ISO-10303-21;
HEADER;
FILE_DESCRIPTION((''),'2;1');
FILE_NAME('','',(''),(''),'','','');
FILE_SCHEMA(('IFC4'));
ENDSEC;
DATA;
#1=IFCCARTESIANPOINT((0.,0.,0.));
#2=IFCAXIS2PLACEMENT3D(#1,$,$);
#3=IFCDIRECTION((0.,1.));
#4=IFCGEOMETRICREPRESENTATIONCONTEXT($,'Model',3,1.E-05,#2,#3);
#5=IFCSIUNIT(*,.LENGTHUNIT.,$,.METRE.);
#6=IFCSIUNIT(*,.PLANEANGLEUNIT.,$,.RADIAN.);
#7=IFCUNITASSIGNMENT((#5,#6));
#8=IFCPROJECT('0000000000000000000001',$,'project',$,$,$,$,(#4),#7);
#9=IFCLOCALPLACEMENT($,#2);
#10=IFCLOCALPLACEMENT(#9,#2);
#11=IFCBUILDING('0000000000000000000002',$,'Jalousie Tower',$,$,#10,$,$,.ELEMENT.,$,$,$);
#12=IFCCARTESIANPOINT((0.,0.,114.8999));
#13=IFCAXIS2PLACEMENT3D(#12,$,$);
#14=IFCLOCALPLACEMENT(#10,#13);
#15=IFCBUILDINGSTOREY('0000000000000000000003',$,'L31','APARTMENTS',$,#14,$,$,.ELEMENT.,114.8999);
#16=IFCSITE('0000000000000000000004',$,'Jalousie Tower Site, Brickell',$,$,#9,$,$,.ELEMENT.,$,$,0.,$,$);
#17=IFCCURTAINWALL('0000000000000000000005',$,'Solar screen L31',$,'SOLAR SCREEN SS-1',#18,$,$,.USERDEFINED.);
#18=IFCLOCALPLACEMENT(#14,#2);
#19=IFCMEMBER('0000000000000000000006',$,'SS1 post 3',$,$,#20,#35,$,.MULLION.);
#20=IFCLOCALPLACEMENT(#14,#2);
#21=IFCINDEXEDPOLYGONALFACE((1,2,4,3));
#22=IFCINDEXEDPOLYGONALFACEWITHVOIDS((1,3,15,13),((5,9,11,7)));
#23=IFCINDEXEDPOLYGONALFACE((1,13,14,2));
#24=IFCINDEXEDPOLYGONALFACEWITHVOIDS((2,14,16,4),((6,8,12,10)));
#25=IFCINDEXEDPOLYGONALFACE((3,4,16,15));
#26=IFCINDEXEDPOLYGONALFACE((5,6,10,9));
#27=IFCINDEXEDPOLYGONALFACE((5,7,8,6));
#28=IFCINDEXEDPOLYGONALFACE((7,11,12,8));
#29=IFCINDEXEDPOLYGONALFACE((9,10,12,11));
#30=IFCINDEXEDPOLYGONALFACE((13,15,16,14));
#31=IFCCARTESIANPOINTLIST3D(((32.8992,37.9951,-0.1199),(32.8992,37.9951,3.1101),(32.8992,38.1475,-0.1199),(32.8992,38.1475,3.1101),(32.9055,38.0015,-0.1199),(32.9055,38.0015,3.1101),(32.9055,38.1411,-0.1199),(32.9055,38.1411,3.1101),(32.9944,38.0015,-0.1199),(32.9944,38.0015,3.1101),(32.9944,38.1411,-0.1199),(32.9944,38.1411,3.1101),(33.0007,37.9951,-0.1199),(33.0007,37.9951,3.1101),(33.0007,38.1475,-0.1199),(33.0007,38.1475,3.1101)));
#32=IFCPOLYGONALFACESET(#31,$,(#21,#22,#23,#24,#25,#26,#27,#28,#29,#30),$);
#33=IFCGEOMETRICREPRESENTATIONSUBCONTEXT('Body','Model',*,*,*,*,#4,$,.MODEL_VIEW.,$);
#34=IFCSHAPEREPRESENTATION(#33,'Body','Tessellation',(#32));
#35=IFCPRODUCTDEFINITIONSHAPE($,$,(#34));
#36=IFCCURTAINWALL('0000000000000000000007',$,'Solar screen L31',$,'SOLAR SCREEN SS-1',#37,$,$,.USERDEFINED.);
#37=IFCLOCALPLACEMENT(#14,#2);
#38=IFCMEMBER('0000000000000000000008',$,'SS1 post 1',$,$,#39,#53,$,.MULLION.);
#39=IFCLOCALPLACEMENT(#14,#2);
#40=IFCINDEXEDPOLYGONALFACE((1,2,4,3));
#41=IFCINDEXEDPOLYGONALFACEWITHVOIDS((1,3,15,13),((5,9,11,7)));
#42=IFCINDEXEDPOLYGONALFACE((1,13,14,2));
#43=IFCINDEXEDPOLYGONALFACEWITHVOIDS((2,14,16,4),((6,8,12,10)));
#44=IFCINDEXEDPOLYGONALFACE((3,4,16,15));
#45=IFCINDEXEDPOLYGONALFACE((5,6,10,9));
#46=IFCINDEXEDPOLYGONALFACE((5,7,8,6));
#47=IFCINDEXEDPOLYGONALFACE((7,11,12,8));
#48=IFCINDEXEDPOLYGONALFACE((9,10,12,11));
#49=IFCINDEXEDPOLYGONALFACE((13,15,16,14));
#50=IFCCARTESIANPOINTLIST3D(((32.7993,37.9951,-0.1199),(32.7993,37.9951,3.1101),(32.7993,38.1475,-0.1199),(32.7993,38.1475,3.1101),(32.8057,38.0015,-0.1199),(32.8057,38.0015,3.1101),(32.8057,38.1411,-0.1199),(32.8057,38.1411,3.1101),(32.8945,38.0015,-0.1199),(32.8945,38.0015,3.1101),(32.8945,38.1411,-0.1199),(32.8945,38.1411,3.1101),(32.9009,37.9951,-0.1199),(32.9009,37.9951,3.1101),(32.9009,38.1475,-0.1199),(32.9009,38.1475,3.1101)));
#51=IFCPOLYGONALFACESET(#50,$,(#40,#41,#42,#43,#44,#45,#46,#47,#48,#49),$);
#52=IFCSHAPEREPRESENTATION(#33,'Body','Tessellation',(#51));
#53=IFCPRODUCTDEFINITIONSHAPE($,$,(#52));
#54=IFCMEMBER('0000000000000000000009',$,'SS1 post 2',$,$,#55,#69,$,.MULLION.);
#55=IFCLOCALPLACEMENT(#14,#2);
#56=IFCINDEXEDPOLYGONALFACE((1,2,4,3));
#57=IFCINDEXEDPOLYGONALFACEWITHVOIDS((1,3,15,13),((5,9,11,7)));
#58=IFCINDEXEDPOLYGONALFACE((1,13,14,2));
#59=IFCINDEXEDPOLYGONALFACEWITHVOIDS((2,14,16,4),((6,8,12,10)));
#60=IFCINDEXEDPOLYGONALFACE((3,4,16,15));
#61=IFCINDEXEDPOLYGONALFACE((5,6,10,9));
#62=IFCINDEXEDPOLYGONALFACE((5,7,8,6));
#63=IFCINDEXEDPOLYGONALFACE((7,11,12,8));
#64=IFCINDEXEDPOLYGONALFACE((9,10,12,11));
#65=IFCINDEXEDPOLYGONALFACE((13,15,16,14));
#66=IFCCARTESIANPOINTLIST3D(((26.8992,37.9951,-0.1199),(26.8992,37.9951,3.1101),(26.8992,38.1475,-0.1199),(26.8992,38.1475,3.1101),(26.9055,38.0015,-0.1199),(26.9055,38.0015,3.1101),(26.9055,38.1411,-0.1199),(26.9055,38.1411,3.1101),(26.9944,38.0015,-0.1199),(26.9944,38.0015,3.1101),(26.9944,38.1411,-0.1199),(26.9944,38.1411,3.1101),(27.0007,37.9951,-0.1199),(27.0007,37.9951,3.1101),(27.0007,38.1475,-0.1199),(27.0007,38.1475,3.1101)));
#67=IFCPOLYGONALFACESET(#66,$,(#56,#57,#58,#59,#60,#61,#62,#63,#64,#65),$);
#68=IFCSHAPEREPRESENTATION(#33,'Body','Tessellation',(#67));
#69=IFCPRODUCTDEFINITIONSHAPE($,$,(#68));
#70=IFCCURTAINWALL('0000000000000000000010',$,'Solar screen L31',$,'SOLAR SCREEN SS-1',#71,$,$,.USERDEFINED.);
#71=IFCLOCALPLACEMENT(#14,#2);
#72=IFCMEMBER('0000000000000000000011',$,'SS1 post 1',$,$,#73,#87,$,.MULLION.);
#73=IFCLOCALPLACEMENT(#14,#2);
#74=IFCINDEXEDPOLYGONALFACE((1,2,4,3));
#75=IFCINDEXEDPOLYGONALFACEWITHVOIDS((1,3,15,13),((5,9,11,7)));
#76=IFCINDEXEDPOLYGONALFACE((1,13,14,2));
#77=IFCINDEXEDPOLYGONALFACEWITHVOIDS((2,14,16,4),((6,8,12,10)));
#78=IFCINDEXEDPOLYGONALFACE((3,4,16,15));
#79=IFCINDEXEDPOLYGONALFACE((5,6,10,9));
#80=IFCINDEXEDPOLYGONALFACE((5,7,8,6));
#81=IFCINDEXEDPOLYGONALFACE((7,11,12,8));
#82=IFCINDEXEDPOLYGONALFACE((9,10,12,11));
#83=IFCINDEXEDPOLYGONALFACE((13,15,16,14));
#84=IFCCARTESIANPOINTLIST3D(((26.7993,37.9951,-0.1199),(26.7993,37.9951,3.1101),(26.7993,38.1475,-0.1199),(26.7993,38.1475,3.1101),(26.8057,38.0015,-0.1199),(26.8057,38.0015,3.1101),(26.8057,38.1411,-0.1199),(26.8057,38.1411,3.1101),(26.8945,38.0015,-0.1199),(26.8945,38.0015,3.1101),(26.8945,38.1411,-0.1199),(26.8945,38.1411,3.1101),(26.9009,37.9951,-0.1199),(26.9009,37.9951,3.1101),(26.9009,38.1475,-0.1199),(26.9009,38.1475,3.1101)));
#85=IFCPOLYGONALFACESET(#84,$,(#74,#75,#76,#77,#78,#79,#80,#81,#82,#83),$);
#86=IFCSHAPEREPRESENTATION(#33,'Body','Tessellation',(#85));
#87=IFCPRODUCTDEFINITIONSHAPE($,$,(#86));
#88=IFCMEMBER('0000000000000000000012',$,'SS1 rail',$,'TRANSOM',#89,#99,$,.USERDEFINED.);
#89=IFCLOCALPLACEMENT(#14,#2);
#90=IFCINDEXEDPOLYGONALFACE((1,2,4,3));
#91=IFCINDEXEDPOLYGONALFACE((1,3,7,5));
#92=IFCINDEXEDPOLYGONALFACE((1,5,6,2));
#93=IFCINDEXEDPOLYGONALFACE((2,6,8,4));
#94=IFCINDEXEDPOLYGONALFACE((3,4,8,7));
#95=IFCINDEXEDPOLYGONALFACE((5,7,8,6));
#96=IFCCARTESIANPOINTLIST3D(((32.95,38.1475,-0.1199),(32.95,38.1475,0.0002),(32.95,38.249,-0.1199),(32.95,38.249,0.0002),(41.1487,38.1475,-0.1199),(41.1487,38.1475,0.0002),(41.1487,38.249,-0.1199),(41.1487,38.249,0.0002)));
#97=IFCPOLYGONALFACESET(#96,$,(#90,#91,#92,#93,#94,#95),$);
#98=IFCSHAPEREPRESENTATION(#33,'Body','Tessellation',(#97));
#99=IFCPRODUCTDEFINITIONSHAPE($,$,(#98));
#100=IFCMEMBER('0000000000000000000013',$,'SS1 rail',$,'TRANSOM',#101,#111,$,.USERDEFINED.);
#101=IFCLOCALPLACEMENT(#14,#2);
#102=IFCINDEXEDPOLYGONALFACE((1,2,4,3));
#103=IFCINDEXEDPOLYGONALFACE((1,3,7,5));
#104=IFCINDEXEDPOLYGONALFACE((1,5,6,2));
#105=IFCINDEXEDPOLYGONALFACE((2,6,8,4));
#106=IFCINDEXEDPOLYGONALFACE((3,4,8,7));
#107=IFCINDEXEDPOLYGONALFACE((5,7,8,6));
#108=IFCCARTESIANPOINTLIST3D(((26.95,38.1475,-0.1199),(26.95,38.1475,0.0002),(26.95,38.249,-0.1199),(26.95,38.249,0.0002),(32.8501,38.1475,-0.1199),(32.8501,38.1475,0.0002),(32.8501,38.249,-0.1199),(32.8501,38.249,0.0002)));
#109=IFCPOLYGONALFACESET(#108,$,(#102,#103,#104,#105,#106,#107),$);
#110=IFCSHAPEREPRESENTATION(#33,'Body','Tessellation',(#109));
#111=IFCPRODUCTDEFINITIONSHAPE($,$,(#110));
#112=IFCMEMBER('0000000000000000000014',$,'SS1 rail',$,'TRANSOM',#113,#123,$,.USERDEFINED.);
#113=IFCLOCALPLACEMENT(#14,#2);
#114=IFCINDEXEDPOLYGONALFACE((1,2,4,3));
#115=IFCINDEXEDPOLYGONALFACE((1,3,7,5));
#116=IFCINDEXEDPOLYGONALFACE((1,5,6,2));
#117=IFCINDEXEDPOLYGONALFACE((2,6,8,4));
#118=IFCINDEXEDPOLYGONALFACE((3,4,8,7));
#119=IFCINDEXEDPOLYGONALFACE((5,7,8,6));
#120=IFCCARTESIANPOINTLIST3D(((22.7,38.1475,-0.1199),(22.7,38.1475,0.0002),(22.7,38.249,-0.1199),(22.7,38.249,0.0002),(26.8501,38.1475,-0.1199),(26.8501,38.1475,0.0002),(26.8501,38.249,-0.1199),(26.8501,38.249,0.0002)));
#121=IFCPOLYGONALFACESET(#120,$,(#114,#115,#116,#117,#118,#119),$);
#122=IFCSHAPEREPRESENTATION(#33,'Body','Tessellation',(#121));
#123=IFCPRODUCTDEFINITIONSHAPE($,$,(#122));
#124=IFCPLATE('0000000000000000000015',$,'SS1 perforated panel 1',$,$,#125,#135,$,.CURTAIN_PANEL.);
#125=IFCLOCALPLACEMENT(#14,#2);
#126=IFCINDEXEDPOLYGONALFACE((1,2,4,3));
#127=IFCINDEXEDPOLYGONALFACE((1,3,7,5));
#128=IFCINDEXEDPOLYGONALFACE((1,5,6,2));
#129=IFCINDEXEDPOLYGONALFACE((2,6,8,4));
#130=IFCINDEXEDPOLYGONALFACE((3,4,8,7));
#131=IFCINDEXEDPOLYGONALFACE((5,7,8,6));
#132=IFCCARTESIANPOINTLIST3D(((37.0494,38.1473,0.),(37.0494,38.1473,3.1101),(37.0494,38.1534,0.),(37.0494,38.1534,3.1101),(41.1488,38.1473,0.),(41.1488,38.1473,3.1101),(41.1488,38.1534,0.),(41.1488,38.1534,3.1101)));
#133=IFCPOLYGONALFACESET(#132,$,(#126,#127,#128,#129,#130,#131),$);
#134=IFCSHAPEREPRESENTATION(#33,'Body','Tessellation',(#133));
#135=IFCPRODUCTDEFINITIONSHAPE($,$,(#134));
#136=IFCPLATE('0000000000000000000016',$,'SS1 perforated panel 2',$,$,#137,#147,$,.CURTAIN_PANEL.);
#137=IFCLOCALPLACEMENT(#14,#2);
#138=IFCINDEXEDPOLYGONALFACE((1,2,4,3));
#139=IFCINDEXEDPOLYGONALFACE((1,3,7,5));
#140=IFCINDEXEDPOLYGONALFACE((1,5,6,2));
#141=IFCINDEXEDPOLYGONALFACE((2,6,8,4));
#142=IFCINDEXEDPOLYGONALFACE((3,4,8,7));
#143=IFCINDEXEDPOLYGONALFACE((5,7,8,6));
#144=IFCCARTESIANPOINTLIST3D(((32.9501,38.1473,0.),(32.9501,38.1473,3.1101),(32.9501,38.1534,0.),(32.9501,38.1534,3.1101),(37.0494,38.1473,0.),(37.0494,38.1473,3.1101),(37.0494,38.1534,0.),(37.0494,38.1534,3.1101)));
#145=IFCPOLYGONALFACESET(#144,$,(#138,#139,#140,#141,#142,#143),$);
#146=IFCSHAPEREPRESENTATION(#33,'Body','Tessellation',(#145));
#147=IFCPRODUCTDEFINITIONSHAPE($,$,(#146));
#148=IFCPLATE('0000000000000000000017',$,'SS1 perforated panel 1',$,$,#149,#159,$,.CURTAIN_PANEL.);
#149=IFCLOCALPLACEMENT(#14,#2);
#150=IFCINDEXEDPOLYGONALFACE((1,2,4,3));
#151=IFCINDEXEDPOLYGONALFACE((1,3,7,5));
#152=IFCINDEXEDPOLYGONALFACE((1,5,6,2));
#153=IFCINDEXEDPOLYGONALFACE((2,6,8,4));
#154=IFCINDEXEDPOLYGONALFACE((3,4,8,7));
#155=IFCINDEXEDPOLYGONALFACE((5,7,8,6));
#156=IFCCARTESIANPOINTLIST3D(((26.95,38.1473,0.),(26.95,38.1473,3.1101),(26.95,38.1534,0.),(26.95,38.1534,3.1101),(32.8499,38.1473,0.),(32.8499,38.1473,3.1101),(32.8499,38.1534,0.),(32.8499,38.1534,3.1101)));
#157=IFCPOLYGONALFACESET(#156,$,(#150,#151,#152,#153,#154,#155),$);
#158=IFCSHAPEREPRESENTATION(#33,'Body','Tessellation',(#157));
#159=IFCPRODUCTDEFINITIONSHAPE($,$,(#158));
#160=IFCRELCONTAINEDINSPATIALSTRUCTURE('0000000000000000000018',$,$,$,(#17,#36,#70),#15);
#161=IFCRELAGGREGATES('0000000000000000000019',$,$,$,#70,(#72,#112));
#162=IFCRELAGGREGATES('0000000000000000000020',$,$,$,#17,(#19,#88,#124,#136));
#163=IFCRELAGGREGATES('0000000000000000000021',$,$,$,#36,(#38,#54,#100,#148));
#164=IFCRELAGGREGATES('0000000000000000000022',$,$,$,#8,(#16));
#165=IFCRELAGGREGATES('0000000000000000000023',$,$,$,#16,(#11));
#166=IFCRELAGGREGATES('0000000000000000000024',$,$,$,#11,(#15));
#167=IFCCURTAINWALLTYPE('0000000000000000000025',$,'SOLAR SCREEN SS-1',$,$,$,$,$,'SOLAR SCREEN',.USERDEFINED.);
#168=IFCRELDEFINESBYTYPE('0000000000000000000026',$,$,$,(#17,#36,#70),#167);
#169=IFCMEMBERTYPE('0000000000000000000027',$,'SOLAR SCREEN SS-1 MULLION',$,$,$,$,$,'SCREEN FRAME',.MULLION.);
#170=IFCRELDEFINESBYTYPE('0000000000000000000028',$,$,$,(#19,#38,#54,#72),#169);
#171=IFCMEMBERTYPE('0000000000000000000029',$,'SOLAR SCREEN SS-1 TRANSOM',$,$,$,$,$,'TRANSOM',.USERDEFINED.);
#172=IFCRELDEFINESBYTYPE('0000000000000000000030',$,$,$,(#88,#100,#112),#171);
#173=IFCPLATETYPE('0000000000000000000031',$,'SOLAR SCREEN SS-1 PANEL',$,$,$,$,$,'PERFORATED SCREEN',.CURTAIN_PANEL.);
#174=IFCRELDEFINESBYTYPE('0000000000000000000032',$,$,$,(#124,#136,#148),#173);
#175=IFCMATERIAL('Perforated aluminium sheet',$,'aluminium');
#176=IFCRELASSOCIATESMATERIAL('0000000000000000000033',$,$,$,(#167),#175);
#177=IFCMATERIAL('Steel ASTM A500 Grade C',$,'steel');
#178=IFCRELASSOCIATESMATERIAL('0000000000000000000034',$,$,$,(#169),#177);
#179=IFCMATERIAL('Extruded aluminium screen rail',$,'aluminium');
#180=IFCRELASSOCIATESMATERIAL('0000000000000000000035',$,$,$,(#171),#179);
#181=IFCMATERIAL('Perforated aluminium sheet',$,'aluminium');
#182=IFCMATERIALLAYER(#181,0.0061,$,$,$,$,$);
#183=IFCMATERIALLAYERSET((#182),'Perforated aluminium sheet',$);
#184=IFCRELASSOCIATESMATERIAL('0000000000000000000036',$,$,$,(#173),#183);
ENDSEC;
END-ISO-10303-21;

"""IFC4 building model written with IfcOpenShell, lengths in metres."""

from ifc_helpers import new_model, si_unit, direction, frame, origin, origin_2d, place, context, subcontext, project, spatial, rectangle, hollow_rectangle, extrude, material, layer, layer_set, material_profile, profile_set, type_object, element, aggregate, save


model = new_model("IFC4")

# Units and contexts
model_context = context("Model", 3, precision=1e-05, world=origin(), true_north=direction((0.0, 1.0)))
body_context = subcontext(model_context, "Body", "Model", "MODEL_VIEW")
ifc_project = project(units=[si_unit("LENGTHUNIT", "METRE"), si_unit("PLANEANGLEUNIT", "RADIAN")], contexts=[model_context])

# Site, building, storey
site_placement = place(None, origin())
site = spatial("IfcSite", under=ifc_project, at=site_placement, Name="Jalousie Tower Site, Brickell", CompositionType="ELEMENT", RefElevation=0.0)
building_placement = place(site_placement, origin())
building = spatial("IfcBuilding", under=site, at=building_placement, Name="Jalousie Tower", CompositionType="ELEMENT")
storey_placement = place(building_placement, frame((0.0, 0.0, 114.8999)))
storey = spatial("IfcBuildingStorey", under=building, at=storey_placement, Name="L31", Description="APARTMENTS", CompositionType="ELEMENT", Elevation=114.8999)

# Curtain walls, members
ifc_material_1 = material(Name="Perforated aluminium sheet", Category="aluminium")
curtain_wall_type = type_object("IfcCurtainWallType", Name="SOLAR SCREEN SS-1", ElementType="SOLAR SCREEN", PredefinedType="USERDEFINED", material=ifc_material_1)
curtain_wall_1_placement = place(storey_placement, origin())
curtain_wall_1 = element("IfcCurtainWall", 1, at=curtain_wall_1_placement, inside=storey, type_object=curtain_wall_type, Name="Solar screen L31", ObjectType="SOLAR SCREEN SS-1", PredefinedType="USERDEFINED")
ifc_material_2 = material(Name="Steel ASTM A500 Grade C", Category="steel")
ifc_material_profile_1 = material_profile(ifc_material_2, hollow_rectangle(XDim=0.1016, YDim=0.1523, WallThickness=0.0063, at=origin_2d()), Name="HSS6X4X1/4")
ifc_profile_set_1 = profile_set([ifc_material_profile_1], Name="Steel ASTM A500 Grade C")
member_type_1 = type_object("IfcMemberType", Name="SOLAR SCREEN SS-1 MULLION", ElementType="SCREEN FRAME", PredefinedType="MULLION", material=ifc_profile_set_1)
member_1_placement = place(storey_placement, frame((32.95, 38.0713, -0.1199), z_axis=(0.0, 0.0, 1.0), x_axis=(-1.0, 0.0, 0.0)))
member_1 = element("IfcMember", 2, at=member_1_placement, type_object=member_type_1, Name="SS1 post 3", PredefinedType="MULLION", context=body_context, shape_type="SweptSolid", body=[
    extrude(hollow_rectangle(XDim=0.1016, YDim=0.1523, WallThickness=0.0063, at=origin_2d()), origin(), (0.0, 0.0, 1.0), 3.23),
])
curtain_wall_2_placement = place(storey_placement, origin())
curtain_wall_2 = element("IfcCurtainWall", 3, at=curtain_wall_2_placement, inside=storey, type_object=curtain_wall_type, Name="Solar screen L31", ObjectType="SOLAR SCREEN SS-1", PredefinedType="USERDEFINED")
member_2_placement = place(storey_placement, frame((32.8501, 38.0713, -0.1199), z_axis=(0.0, 0.0, 1.0), x_axis=(-1.0, 0.0, 0.0)))
member_2 = element("IfcMember", 4, at=member_2_placement, type_object=member_type_1, Name="SS1 post 1", PredefinedType="MULLION", context=body_context, shape_type="SweptSolid", body=[
    extrude(hollow_rectangle(XDim=0.1016, YDim=0.1523, WallThickness=0.0063, at=origin_2d()), origin(), (0.0, 0.0, 1.0), 3.23),
])
member_3_placement = place(storey_placement, frame((26.95, 38.0713, -0.1199), z_axis=(0.0, 0.0, 1.0), x_axis=(-1.0, 0.0, 0.0)))
member_3 = element("IfcMember", 5, at=member_3_placement, type_object=member_type_1, Name="SS1 post 2", PredefinedType="MULLION", context=body_context, shape_type="SweptSolid", body=[
    extrude(hollow_rectangle(XDim=0.1016, YDim=0.1523, WallThickness=0.0063, at=origin_2d()), origin(), (0.0, 0.0, 1.0), 3.23),
])

# Curtain wall, member
curtain_wall_3_placement = place(storey_placement, origin())
curtain_wall_3 = element("IfcCurtainWall", 6, at=curtain_wall_3_placement, inside=storey, type_object=curtain_wall_type, Name="Solar screen L31", ObjectType="SOLAR SCREEN SS-1", PredefinedType="USERDEFINED")
member_4_placement = place(storey_placement, frame((26.8501, 38.0713, -0.1199), z_axis=(0.0, 0.0, 1.0), x_axis=(-1.0, 0.0, 0.0)))
member_4 = element("IfcMember", 7, at=member_4_placement, type_object=member_type_1, Name="SS1 post 1", PredefinedType="MULLION", context=body_context, shape_type="SweptSolid", body=[
    extrude(hollow_rectangle(XDim=0.1016, YDim=0.1523, WallThickness=0.0063, at=origin_2d()), origin(), (0.0, 0.0, 1.0), 3.23),
])

# Members
ifc_material_3 = material(Name="Extruded aluminium screen rail", Category="aluminium")
ifc_material_profile_2 = material_profile(ifc_material_3, rectangle(XDim=0.1016, YDim=0.1201, at=origin_2d()), Name="RAIL 102x120")
ifc_profile_set_2 = profile_set([ifc_material_profile_2], Name="Extruded aluminium screen rail")
member_type_2 = type_object("IfcMemberType", Name="SOLAR SCREEN SS-1 TRANSOM", ElementType="TRANSOM", PredefinedType="USERDEFINED", material=ifc_profile_set_2)
member_5_placement = place(storey_placement, frame((41.1487, 38.1982, -0.0598), z_axis=(-1.0, 0.0, 0.0), x_axis=(0.0, -1.0, 0.0)))
member_5 = element("IfcMember", 8, at=member_5_placement, type_object=member_type_2, Name="SS1 rail", ObjectType="TRANSOM", PredefinedType="USERDEFINED", context=body_context, shape_type="SweptSolid", body=[
    extrude(rectangle(XDim=0.1016, YDim=0.1201, at=origin_2d()), origin(), (0.0, 0.0, 1.0), 8.1987),
])
member_6_placement = place(storey_placement, frame((32.8501, 38.1982, -0.0598), z_axis=(-1.0, 0.0, 0.0), x_axis=(0.0, -1.0, 0.0)))
member_6 = element("IfcMember", 9, at=member_6_placement, type_object=member_type_2, Name="SS1 rail", ObjectType="TRANSOM", PredefinedType="USERDEFINED", context=body_context, shape_type="SweptSolid", body=[
    extrude(rectangle(XDim=0.1016, YDim=0.1201, at=origin_2d()), origin(), (0.0, 0.0, 1.0), 5.9001),
])
member_7_placement = place(storey_placement, frame((26.8501, 38.1982, -0.0598), z_axis=(-1.0, 0.0, 0.0), x_axis=(0.0, -1.0, 0.0)))
member_7 = element("IfcMember", 10, at=member_7_placement, type_object=member_type_2, Name="SS1 rail", ObjectType="TRANSOM", PredefinedType="USERDEFINED", context=body_context, shape_type="SweptSolid", body=[
    extrude(rectangle(XDim=0.1016, YDim=0.1201, at=origin_2d()), origin(), (0.0, 0.0, 1.0), 4.1501),
])
aggregate(curtain_wall_3, [member_4, member_7])

# Plates
ifc_material_4 = material(Name="Perforated aluminium sheet", Category="aluminium")
ifc_layer_1 = layer(ifc_material_4, 0.0061)
ifc_layer_set_1 = layer_set([ifc_layer_1], Name="Perforated aluminium sheet")
plate_type = type_object("IfcPlateType", Name="SOLAR SCREEN SS-1 PANEL", ElementType="PERFORATED SCREEN", PredefinedType="CURTAIN_PANEL", material=ifc_layer_set_1)
plate_1_placement = place(storey_placement, frame((39.0991, 38.1504, 0.0), z_axis=(0.0, 0.0, 1.0), x_axis=(-1.0, 0.0, 0.0)))
plate_1 = element("IfcPlate", 11, at=plate_1_placement, type_object=plate_type, Name="SS1 perforated panel 1", PredefinedType="CURTAIN_PANEL", context=body_context, shape_type="SweptSolid", body=[
    extrude(rectangle(XDim=4.0994, YDim=0.0061, at=origin_2d()), origin(), (0.0, 0.0, 1.0), 3.1101),
])
plate_2_placement = place(storey_placement, frame((34.9998, 38.1504, 0.0), z_axis=(0.0, 0.0, 1.0), x_axis=(-1.0, 0.0, 0.0)))
plate_2 = element("IfcPlate", 12, at=plate_2_placement, type_object=plate_type, Name="SS1 perforated panel 2", PredefinedType="CURTAIN_PANEL", context=body_context, shape_type="SweptSolid", body=[
    extrude(rectangle(XDim=4.0994, YDim=0.0061, at=origin_2d()), origin(), (0.0, 0.0, 1.0), 3.1101),
])
aggregate(curtain_wall_1, [member_1, member_5, plate_1, plate_2])
plate_3_placement = place(storey_placement, frame((29.8999, 38.1504, 0.0), z_axis=(0.0, 0.0, 1.0), x_axis=(-1.0, 0.0, 0.0)))
plate_3 = element("IfcPlate", 13, at=plate_3_placement, type_object=plate_type, Name="SS1 perforated panel 1", PredefinedType="CURTAIN_PANEL", context=body_context, shape_type="SweptSolid", body=[
    extrude(rectangle(XDim=5.8999, YDim=0.0061, at=origin_2d()), origin(), (0.0, 0.0, 1.0), 3.1101),
])
aggregate(curtain_wall_2, [member_2, member_3, member_6, plate_3])

save(model, "model.ifc")
